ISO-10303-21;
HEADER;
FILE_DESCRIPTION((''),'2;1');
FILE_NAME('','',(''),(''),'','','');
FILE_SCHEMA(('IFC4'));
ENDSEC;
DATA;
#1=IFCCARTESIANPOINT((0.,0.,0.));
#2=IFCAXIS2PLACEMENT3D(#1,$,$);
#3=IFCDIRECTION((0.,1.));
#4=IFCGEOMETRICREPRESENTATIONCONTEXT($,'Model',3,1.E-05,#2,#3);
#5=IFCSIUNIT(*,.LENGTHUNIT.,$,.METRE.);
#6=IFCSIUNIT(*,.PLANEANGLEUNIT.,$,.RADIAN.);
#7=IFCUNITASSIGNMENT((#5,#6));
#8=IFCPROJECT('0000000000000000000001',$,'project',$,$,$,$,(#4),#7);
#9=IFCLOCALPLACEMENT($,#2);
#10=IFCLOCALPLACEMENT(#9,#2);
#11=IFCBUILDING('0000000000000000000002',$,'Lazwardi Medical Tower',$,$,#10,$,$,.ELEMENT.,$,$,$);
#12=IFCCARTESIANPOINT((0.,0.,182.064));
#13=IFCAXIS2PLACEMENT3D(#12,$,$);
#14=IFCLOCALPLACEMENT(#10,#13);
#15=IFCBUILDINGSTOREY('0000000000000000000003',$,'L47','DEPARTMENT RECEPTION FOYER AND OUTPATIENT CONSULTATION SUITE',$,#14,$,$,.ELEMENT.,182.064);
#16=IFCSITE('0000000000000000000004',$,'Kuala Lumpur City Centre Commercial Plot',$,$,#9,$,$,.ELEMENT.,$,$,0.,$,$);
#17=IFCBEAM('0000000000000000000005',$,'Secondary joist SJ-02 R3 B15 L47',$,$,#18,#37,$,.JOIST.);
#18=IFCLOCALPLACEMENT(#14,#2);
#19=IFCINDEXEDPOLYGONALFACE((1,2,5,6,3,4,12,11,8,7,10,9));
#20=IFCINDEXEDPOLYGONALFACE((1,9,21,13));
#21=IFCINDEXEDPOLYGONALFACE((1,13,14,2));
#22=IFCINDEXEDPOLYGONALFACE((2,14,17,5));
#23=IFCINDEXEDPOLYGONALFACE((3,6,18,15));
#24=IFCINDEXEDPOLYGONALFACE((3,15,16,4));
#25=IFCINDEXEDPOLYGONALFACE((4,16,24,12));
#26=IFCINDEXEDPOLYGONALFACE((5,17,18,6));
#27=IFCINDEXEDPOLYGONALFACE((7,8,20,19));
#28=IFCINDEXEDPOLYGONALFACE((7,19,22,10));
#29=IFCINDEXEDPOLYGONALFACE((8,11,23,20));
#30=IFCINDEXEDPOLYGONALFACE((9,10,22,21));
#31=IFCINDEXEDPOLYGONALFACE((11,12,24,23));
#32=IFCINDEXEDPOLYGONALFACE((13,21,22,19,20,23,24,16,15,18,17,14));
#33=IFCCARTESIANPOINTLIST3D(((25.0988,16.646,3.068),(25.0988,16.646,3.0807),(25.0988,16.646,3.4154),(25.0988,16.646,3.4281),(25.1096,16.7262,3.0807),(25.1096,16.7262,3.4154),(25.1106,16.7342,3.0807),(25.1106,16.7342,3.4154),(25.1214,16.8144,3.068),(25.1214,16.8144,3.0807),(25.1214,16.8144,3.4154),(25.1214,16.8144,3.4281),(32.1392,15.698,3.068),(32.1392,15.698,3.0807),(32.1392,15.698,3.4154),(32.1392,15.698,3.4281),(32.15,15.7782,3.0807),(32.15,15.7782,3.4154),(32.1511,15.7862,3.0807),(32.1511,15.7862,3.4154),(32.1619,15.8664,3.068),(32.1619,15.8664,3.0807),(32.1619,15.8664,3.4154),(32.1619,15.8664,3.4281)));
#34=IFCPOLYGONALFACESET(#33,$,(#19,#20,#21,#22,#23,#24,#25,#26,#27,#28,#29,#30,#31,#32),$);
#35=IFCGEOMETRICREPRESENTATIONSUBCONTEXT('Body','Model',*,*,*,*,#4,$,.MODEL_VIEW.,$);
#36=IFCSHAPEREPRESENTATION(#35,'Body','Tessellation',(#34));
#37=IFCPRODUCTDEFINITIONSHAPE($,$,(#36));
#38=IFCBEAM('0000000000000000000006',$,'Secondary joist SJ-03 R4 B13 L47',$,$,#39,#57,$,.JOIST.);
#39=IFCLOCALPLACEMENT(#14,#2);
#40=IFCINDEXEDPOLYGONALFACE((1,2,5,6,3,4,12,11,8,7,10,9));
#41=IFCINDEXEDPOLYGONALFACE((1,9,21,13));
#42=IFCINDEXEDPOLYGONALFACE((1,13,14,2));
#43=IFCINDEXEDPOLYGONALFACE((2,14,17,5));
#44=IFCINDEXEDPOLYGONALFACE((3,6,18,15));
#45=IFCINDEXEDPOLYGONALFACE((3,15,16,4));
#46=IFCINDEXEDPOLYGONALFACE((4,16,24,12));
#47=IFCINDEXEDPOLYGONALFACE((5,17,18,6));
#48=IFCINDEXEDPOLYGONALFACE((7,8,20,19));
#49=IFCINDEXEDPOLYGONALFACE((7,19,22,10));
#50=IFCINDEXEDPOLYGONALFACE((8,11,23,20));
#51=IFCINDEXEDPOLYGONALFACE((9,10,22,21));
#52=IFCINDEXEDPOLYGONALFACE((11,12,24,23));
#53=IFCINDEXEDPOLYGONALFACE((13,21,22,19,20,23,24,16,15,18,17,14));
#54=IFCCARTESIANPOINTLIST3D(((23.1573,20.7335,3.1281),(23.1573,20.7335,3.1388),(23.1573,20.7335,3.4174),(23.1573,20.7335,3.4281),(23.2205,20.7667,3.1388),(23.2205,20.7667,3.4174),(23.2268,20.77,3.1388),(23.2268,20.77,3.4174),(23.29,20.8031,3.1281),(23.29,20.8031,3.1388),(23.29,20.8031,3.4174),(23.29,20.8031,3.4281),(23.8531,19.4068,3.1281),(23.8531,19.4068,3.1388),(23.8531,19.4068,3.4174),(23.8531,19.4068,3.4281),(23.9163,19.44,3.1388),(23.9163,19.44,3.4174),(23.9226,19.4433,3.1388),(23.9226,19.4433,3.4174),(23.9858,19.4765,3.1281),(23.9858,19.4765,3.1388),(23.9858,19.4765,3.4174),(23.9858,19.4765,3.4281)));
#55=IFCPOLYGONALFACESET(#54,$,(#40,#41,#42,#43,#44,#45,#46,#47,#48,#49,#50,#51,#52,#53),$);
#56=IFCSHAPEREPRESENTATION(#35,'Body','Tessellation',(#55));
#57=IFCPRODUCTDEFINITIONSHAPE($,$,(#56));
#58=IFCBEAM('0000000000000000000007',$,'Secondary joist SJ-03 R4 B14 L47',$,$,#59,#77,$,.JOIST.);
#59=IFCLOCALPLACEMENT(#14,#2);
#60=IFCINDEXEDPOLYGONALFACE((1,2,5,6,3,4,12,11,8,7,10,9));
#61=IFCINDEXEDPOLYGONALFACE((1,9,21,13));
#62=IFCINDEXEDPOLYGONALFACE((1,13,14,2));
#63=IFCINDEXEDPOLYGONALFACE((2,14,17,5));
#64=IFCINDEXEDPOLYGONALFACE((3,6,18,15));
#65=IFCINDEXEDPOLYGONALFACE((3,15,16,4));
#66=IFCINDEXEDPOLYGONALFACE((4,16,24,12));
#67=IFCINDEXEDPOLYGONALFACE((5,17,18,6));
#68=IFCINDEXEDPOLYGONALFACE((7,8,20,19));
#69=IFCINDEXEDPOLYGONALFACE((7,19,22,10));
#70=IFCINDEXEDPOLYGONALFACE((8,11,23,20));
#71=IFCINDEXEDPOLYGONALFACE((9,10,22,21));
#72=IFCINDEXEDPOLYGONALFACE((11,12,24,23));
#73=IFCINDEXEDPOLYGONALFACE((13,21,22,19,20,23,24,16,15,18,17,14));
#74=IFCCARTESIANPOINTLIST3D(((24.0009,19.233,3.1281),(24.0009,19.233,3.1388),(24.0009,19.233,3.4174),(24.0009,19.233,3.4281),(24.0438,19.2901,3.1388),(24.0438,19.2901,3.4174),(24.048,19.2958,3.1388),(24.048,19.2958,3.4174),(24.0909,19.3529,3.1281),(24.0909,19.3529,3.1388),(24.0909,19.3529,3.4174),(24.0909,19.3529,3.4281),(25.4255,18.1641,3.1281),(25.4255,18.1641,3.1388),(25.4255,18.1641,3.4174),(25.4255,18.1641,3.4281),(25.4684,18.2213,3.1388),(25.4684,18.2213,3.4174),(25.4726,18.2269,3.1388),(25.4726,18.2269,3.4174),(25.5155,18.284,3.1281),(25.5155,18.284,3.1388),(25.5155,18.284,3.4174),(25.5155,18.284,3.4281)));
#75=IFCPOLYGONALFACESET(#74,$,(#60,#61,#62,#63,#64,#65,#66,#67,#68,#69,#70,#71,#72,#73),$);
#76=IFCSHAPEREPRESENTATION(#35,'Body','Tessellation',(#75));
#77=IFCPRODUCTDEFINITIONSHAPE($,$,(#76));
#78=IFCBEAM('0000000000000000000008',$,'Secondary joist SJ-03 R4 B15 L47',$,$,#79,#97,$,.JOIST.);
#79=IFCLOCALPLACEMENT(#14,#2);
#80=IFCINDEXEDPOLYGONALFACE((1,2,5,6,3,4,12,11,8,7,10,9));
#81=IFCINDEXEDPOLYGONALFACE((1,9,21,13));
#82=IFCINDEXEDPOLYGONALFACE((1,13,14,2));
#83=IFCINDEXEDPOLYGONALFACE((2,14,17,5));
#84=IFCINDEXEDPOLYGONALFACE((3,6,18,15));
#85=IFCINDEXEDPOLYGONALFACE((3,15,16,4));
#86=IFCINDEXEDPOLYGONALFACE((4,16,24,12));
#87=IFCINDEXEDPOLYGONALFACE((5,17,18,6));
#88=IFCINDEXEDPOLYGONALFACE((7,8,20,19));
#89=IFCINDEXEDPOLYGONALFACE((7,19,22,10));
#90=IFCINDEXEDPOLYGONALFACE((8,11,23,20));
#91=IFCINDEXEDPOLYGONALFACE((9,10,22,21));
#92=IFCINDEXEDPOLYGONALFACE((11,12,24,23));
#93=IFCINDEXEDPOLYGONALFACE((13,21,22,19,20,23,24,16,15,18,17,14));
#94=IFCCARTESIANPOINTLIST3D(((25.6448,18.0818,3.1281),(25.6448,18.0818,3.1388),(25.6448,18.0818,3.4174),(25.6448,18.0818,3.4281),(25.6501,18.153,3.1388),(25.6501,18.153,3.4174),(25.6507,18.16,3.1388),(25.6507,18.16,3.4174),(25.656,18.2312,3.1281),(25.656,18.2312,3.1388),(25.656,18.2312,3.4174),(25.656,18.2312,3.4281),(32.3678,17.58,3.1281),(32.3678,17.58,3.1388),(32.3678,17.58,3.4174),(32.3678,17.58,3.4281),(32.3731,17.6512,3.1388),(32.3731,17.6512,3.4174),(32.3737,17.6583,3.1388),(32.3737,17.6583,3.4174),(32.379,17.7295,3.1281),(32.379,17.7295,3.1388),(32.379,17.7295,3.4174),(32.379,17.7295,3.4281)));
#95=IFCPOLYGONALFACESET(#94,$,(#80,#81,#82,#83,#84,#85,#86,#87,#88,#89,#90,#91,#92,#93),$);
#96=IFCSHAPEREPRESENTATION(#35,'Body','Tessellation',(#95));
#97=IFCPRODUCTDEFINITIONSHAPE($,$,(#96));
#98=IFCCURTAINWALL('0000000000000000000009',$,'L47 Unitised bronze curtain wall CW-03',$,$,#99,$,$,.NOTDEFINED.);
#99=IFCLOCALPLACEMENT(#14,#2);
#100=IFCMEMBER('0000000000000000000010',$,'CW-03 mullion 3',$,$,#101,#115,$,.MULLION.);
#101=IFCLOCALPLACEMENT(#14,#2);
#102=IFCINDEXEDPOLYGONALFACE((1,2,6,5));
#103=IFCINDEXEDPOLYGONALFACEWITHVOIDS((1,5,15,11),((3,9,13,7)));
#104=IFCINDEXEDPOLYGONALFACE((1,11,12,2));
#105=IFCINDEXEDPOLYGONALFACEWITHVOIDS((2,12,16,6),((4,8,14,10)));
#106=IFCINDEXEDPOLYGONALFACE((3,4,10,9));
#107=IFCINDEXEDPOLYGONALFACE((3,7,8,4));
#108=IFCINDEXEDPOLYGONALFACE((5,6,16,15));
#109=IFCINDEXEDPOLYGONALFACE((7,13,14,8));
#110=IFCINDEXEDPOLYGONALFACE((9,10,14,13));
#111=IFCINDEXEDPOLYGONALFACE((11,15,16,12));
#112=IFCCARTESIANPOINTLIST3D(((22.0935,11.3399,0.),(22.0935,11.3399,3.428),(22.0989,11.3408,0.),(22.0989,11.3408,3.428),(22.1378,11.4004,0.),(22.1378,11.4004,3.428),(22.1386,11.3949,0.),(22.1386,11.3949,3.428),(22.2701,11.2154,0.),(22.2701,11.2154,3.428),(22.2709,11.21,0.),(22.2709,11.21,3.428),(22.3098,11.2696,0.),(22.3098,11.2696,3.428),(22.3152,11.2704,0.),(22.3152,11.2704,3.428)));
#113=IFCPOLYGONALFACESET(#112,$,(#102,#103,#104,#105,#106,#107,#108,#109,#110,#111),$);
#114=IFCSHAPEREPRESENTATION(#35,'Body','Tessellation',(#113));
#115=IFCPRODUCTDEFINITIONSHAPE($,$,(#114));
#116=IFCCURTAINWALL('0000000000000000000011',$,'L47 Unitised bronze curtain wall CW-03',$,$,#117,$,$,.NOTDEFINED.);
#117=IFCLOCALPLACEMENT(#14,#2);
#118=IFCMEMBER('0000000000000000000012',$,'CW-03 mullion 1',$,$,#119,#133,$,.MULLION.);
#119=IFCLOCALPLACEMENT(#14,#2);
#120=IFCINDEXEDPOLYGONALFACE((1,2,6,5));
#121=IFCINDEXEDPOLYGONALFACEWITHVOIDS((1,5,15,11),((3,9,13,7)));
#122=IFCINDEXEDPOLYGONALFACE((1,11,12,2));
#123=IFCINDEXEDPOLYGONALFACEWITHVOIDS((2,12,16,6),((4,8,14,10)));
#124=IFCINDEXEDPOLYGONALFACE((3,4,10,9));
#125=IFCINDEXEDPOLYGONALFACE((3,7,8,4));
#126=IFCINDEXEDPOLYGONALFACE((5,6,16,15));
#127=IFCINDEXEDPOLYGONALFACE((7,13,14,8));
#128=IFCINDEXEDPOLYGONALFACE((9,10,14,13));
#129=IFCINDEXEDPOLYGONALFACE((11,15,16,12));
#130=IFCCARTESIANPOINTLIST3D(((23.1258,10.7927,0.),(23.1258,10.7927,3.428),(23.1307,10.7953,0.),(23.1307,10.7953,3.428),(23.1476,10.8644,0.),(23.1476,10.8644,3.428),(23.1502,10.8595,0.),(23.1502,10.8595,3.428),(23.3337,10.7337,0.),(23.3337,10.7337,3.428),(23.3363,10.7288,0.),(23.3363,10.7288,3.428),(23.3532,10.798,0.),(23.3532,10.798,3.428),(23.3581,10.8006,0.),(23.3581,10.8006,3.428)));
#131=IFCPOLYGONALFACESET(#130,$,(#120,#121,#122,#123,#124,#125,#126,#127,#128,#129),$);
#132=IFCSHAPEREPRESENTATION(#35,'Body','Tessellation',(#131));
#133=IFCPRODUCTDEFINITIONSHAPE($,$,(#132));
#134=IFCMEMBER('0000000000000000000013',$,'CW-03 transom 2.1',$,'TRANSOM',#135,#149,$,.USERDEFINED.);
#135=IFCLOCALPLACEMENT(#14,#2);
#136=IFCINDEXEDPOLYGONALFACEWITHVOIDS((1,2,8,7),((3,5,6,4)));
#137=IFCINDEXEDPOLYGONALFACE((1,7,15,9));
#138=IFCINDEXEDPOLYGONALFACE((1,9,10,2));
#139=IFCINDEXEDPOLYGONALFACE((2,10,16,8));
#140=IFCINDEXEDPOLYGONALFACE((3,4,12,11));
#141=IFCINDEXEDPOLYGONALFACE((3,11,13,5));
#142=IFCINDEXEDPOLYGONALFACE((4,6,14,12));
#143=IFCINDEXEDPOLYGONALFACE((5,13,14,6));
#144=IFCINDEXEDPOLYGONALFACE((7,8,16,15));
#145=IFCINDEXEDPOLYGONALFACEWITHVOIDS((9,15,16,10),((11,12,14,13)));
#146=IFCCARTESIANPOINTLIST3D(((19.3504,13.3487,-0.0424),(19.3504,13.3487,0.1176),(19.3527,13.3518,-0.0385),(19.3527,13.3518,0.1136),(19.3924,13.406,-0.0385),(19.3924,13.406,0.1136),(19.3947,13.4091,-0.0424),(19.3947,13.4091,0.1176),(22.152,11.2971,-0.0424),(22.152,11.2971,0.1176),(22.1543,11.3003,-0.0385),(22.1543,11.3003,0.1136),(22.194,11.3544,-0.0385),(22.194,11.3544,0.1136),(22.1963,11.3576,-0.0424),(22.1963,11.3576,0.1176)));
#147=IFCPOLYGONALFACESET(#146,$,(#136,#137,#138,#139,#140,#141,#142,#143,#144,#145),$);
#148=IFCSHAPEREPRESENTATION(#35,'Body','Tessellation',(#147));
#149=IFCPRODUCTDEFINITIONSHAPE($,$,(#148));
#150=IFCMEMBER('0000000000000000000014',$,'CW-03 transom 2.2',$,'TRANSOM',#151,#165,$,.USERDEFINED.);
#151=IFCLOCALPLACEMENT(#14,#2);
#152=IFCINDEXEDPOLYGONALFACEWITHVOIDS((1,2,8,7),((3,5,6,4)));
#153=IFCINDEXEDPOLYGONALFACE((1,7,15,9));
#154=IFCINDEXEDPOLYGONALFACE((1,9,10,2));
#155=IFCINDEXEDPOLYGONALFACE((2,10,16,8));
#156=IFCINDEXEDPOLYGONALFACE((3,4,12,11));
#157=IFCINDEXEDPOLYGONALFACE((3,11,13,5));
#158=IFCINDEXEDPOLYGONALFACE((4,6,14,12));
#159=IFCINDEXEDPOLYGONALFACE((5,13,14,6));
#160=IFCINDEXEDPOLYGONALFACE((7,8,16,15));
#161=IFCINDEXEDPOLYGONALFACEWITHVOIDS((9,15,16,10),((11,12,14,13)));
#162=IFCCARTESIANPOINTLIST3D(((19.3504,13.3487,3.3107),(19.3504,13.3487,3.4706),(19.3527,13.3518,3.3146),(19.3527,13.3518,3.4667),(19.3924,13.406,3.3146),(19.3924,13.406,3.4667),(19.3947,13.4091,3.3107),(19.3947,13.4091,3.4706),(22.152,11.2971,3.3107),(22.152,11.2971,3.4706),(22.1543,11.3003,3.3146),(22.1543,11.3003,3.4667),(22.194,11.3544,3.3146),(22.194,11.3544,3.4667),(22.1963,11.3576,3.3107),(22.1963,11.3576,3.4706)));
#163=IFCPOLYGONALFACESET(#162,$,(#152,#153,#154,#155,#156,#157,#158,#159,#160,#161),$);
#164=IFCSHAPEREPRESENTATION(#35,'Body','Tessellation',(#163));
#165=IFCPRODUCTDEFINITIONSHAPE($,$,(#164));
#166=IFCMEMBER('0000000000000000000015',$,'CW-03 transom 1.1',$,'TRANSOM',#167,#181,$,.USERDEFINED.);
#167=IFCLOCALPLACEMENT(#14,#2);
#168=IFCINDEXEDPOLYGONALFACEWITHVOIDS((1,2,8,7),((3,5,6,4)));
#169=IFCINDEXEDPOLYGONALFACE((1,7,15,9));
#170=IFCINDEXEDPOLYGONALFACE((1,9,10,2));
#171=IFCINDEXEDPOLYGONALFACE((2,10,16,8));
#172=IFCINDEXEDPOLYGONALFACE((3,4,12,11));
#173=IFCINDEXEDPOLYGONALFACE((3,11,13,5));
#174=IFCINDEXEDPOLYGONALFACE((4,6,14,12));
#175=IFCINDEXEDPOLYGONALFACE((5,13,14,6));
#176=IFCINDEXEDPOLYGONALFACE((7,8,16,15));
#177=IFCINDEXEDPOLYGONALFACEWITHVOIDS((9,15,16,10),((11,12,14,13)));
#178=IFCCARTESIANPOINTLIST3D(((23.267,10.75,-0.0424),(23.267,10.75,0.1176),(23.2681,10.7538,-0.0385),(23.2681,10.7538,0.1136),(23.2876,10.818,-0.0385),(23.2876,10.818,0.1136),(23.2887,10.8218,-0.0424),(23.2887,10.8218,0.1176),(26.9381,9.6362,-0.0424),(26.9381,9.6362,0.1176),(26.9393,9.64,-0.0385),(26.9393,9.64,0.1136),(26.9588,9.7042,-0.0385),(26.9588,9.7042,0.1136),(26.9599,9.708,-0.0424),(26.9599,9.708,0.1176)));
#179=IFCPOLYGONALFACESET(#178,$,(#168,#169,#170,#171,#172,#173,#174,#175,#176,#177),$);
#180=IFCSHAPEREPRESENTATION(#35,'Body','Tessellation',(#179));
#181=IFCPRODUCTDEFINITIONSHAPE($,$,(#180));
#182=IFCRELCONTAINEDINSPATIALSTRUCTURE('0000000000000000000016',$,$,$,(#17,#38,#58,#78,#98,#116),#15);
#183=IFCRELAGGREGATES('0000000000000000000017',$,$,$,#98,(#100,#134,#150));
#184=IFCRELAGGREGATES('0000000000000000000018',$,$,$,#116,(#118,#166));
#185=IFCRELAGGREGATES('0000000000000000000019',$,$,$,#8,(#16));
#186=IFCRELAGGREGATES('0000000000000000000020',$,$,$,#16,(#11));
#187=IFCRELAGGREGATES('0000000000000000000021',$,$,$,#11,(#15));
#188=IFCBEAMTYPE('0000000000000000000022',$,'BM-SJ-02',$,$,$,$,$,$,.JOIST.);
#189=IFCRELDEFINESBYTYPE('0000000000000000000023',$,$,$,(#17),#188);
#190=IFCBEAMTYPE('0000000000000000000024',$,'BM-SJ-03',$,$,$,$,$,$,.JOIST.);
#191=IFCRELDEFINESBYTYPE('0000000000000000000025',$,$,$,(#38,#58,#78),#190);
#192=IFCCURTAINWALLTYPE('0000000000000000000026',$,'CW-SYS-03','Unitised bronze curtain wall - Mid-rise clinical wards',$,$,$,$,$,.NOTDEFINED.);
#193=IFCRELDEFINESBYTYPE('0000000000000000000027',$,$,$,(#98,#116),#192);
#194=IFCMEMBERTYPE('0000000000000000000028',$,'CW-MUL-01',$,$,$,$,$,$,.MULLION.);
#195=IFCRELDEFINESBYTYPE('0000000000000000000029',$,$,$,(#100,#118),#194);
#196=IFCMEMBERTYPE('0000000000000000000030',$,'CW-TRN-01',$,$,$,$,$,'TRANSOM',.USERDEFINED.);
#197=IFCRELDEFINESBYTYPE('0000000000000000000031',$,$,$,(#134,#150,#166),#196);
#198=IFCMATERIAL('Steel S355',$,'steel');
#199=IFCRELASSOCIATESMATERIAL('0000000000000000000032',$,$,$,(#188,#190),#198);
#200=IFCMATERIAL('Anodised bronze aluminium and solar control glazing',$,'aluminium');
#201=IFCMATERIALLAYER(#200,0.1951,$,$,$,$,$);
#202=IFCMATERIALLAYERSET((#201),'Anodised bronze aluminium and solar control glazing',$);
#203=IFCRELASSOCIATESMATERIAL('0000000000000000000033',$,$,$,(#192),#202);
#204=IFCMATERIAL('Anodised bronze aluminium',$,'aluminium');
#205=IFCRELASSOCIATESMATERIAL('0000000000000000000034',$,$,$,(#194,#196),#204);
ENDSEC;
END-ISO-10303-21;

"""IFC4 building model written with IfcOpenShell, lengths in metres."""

from ifc_helpers import new_model, si_unit, direction, frame, origin, origin_2d, place, context, subcontext, project, spatial, hollow_rectangle, i_section, extrude, material, layer, layer_set, material_profile, profile_set, type_object, element, aggregate, save


model = new_model("IFC4")

# Units and contexts
model_context = context("Model", 3, precision=1e-05, world=origin(), true_north=direction((0.0, 1.0)))
body_context = subcontext(model_context, "Body", "Model", "MODEL_VIEW")
ifc_project = project(units=[si_unit("LENGTHUNIT", "METRE"), si_unit("PLANEANGLEUNIT", "RADIAN")], contexts=[model_context])

# Site, building, storey
site_placement = place(None, origin())
site = spatial("IfcSite", under=ifc_project, at=site_placement, Name="Kuala Lumpur City Centre Commercial Plot", CompositionType="ELEMENT", RefElevation=0.0)
building_placement = place(site_placement, origin())
building = spatial("IfcBuilding", under=site, at=building_placement, Name="Lazwardi Medical Tower", CompositionType="ELEMENT")
storey_placement = place(building_placement, frame((0.0, 0.0, 182.064)))
storey = spatial("IfcBuildingStorey", under=building, at=storey_placement, Name="L47", Description="DEPARTMENT RECEPTION FOYER AND OUTPATIENT CONSULTATION SUITE", CompositionType="ELEMENT", Elevation=182.064)

# Beams
ifc_material_1 = material(Name="Steel S355", Category="steel")
ifc_material_profile_1 = material_profile(ifc_material_1, i_section(OverallWidth=0.1699, OverallDepth=0.3601, WebThickness=0.0081, FlangeThickness=0.0127, at=origin_2d()), Name="IPE 360")
ifc_profile_set_1 = profile_set([ifc_material_profile_1], Name="Steel S355")
beam_type_1 = type_object("IfcBeamType", Name="BM-SJ-02", PredefinedType="JOIST", material=ifc_profile_set_1)
beam_1_placement = place(storey_placement, frame((25.1101, 16.7302, 3.248), z_axis=(0.991056, -0.133444, 0.0), x_axis=(0.133444, 0.991056, 0.0)))
element("IfcBeam", 1, at=beam_1_placement, inside=storey, type_object=beam_type_1, Name="Secondary joist SJ-02 R3 B15 L47", PredefinedType="JOIST", context=body_context, shape_type="SweptSolid", body=[
    extrude(i_section(OverallWidth=0.1699, OverallDepth=0.3601, WebThickness=0.0081, FlangeThickness=0.0127, at=origin_2d()), origin(), (0.0, 0.0, 1.0), 7.104),
])
ifc_material_profile_2 = material_profile(ifc_material_1, i_section(OverallWidth=0.1499, OverallDepth=0.3, WebThickness=0.0071, FlangeThickness=0.0107, at=origin_2d()), Name="IPE 300")
ifc_profile_set_2 = profile_set([ifc_material_profile_2], Name="Steel S355")
beam_type_2 = type_object("IfcBeamType", Name="BM-SJ-03", PredefinedType="JOIST", material=ifc_profile_set_2)
beam_2_placement = place(storey_placement, frame((23.2236, 20.7683, 3.2781), z_axis=(0.46447, -0.885589, 0.0), x_axis=(0.885589, 0.46447, 0.0)))
element("IfcBeam", 2, at=beam_2_placement, inside=storey, type_object=beam_type_2, Name="Secondary joist SJ-03 R4 B13 L47", PredefinedType="JOIST", context=body_context, shape_type="SweptSolid", body=[
    extrude(i_section(OverallWidth=0.1499, OverallDepth=0.3, WebThickness=0.0071, FlangeThickness=0.0107, at=origin_2d()), origin(), (0.0, 0.0, 1.0), 1.498),
])
beam_3_placement = place(storey_placement, frame((24.0459, 19.293, 3.2781), z_axis=(0.799885, -0.600154, 0.0), x_axis=(0.600154, 0.799885, 0.0)))
element("IfcBeam", 3, at=beam_3_placement, inside=storey, type_object=beam_type_2, Name="Secondary joist SJ-03 R4 B14 L47", PredefinedType="JOIST", context=body_context, shape_type="SweptSolid", body=[
    extrude(i_section(OverallWidth=0.1499, OverallDepth=0.3, WebThickness=0.0071, FlangeThickness=0.0107, at=origin_2d()), origin(), (0.0, 0.0, 1.0), 1.781),
])
beam_4_placement = place(storey_placement, frame((25.6504, 18.1565, 3.2781), z_axis=(0.997227, -0.07442, 0.0), x_axis=(0.07442, 0.997227, 0.0)))
element("IfcBeam", 4, at=beam_4_placement, inside=storey, type_object=beam_type_2, Name="Secondary joist SJ-03 R4 B15 L47", PredefinedType="JOIST", context=body_context, shape_type="SweptSolid", body=[
    extrude(i_section(OverallWidth=0.1499, OverallDepth=0.3, WebThickness=0.0071, FlangeThickness=0.0107, at=origin_2d()), origin(), (0.0, 0.0, 1.0), 6.7417),
])

# Curtain walls, members
ifc_material_2 = material(Name="Anodised bronze aluminium and solar control glazing", Category="aluminium")
ifc_layer_1 = layer(ifc_material_2, 0.1951)
ifc_layer_set_1 = layer_set([ifc_layer_1], Name="Anodised bronze aluminium and solar control glazing")
curtain_wall_type = type_object("IfcCurtainWallType", Name="CW-SYS-03", Description="Unitised bronze curtain wall - Mid-rise clinical wards", PredefinedType="NOTDEFINED", material=ifc_layer_set_1)
curtain_wall_1_placement = place(storey_placement, origin())
curtain_wall_1 = element("IfcCurtainWall", 5, at=curtain_wall_1_placement, inside=storey, type_object=curtain_wall_type, Name="L47 Unitised bronze curtain wall CW-03", PredefinedType="NOTDEFINED")
ifc_material_3 = material(Name="Anodised bronze aluminium", Category="aluminium")
ifc_material_profile_3 = material_profile(ifc_material_3, hollow_rectangle(XDim=0.075, YDim=0.22, WallThickness=0.0039, at=origin_2d()), Name="ALU-MULLION 220x75x4")
ifc_profile_set_3 = profile_set([ifc_material_profile_3], Name="Anodised bronze aluminium")
member_type_1 = type_object("IfcMemberType", Name="CW-MUL-01", PredefinedType="MULLION", material=ifc_profile_set_3)
member_1_placement = place(storey_placement, frame((22.2043, 11.3052, 0.0), z_axis=(0.0, 0.0, 1.0), x_axis=(0.590834, 0.806793, 0.0)))
member_1 = element("IfcMember", 6, at=member_1_placement, type_object=member_type_1, Name="CW-03 mullion 3", PredefinedType="MULLION", context=body_context, shape_type="SweptSolid", body=[
    extrude(hollow_rectangle(XDim=0.075, YDim=0.22, WallThickness=0.0039, at=origin_2d()), origin(), (0.0, 0.0, 1.0), 3.428),
])
curtain_wall_2_placement = place(storey_placement, origin())
curtain_wall_2 = element("IfcCurtainWall", 7, at=curtain_wall_2_placement, inside=storey, type_object=curtain_wall_type, Name="L47 Unitised bronze curtain wall CW-03", PredefinedType="NOTDEFINED")
member_2_placement = place(storey_placement, frame((23.2419, 10.7966, 0.0), z_axis=(0.0, 0.0, 1.0), x_axis=(0.290281, 0.956942, 0.0)))
member_2 = element("IfcMember", 8, at=member_2_placement, type_object=member_type_1, Name="CW-03 mullion 1", PredefinedType="MULLION", context=body_context, shape_type="SweptSolid", body=[
    extrude(hollow_rectangle(XDim=0.075, YDim=0.22, WallThickness=0.0039, at=origin_2d()), origin(), (0.0, 0.0, 1.0), 3.428),
])

# Members
ifc_material_profile_4 = material_profile(ifc_material_3, hollow_rectangle(XDim=0.075, YDim=0.1599, WallThickness=0.0039, at=origin_2d()), Name="ALU-TRANSOM 160x75x4")
ifc_profile_set_4 = profile_set([ifc_material_profile_4], Name="Anodised bronze aluminium")
member_type_2 = type_object("IfcMemberType", Name="CW-TRN-01", ElementType="TRANSOM", PredefinedType="USERDEFINED", material=ifc_profile_set_4)
member_3_placement = place(storey_placement, frame((19.3726, 13.3789, 0.0376), z_axis=(0.806807, -0.590815, 0.0), x_axis=(0.590815, 0.806807, 0.0)))
member_3 = element("IfcMember", 9, at=member_3_placement, type_object=member_type_2, Name="CW-03 transom 2.1", ObjectType="TRANSOM", PredefinedType="USERDEFINED", context=body_context, shape_type="SweptSolid", body=[
    extrude(hollow_rectangle(XDim=0.075, YDim=0.1599, WallThickness=0.0039, at=origin_2d()), origin(), (0.0, 0.0, 1.0), 3.4724),
])
member_4_placement = place(storey_placement, frame((19.3726, 13.3789, 3.3906), z_axis=(0.806807, -0.590815, 0.0), x_axis=(0.590815, 0.806807, 0.0)))
member_4 = element("IfcMember", 10, at=member_4_placement, type_object=member_type_2, Name="CW-03 transom 2.2", ObjectType="TRANSOM", PredefinedType="USERDEFINED", context=body_context, shape_type="SweptSolid", body=[
    extrude(hollow_rectangle(XDim=0.075, YDim=0.1599, WallThickness=0.0039, at=origin_2d()), origin(), (0.0, 0.0, 1.0), 3.4724),
])
member_5_placement = place(storey_placement, frame((23.2778, 10.7859, 0.0376), z_axis=(0.95693, -0.290318, 0.0), x_axis=(0.290318, 0.95693, 0.0)))
member_5 = element("IfcMember", 11, at=member_5_placement, type_object=member_type_2, Name="CW-03 transom 1.1", ObjectType="TRANSOM", PredefinedType="USERDEFINED", context=body_context, shape_type="SweptSolid", body=[
    extrude(hollow_rectangle(XDim=0.075, YDim=0.1599, WallThickness=0.0039, at=origin_2d()), origin(), (0.0, 0.0, 1.0), 3.8364),
])

aggregate(curtain_wall_1, [member_1, member_3, member_4])
aggregate(curtain_wall_2, [member_2, member_5])

save(model, "model.ifc")
